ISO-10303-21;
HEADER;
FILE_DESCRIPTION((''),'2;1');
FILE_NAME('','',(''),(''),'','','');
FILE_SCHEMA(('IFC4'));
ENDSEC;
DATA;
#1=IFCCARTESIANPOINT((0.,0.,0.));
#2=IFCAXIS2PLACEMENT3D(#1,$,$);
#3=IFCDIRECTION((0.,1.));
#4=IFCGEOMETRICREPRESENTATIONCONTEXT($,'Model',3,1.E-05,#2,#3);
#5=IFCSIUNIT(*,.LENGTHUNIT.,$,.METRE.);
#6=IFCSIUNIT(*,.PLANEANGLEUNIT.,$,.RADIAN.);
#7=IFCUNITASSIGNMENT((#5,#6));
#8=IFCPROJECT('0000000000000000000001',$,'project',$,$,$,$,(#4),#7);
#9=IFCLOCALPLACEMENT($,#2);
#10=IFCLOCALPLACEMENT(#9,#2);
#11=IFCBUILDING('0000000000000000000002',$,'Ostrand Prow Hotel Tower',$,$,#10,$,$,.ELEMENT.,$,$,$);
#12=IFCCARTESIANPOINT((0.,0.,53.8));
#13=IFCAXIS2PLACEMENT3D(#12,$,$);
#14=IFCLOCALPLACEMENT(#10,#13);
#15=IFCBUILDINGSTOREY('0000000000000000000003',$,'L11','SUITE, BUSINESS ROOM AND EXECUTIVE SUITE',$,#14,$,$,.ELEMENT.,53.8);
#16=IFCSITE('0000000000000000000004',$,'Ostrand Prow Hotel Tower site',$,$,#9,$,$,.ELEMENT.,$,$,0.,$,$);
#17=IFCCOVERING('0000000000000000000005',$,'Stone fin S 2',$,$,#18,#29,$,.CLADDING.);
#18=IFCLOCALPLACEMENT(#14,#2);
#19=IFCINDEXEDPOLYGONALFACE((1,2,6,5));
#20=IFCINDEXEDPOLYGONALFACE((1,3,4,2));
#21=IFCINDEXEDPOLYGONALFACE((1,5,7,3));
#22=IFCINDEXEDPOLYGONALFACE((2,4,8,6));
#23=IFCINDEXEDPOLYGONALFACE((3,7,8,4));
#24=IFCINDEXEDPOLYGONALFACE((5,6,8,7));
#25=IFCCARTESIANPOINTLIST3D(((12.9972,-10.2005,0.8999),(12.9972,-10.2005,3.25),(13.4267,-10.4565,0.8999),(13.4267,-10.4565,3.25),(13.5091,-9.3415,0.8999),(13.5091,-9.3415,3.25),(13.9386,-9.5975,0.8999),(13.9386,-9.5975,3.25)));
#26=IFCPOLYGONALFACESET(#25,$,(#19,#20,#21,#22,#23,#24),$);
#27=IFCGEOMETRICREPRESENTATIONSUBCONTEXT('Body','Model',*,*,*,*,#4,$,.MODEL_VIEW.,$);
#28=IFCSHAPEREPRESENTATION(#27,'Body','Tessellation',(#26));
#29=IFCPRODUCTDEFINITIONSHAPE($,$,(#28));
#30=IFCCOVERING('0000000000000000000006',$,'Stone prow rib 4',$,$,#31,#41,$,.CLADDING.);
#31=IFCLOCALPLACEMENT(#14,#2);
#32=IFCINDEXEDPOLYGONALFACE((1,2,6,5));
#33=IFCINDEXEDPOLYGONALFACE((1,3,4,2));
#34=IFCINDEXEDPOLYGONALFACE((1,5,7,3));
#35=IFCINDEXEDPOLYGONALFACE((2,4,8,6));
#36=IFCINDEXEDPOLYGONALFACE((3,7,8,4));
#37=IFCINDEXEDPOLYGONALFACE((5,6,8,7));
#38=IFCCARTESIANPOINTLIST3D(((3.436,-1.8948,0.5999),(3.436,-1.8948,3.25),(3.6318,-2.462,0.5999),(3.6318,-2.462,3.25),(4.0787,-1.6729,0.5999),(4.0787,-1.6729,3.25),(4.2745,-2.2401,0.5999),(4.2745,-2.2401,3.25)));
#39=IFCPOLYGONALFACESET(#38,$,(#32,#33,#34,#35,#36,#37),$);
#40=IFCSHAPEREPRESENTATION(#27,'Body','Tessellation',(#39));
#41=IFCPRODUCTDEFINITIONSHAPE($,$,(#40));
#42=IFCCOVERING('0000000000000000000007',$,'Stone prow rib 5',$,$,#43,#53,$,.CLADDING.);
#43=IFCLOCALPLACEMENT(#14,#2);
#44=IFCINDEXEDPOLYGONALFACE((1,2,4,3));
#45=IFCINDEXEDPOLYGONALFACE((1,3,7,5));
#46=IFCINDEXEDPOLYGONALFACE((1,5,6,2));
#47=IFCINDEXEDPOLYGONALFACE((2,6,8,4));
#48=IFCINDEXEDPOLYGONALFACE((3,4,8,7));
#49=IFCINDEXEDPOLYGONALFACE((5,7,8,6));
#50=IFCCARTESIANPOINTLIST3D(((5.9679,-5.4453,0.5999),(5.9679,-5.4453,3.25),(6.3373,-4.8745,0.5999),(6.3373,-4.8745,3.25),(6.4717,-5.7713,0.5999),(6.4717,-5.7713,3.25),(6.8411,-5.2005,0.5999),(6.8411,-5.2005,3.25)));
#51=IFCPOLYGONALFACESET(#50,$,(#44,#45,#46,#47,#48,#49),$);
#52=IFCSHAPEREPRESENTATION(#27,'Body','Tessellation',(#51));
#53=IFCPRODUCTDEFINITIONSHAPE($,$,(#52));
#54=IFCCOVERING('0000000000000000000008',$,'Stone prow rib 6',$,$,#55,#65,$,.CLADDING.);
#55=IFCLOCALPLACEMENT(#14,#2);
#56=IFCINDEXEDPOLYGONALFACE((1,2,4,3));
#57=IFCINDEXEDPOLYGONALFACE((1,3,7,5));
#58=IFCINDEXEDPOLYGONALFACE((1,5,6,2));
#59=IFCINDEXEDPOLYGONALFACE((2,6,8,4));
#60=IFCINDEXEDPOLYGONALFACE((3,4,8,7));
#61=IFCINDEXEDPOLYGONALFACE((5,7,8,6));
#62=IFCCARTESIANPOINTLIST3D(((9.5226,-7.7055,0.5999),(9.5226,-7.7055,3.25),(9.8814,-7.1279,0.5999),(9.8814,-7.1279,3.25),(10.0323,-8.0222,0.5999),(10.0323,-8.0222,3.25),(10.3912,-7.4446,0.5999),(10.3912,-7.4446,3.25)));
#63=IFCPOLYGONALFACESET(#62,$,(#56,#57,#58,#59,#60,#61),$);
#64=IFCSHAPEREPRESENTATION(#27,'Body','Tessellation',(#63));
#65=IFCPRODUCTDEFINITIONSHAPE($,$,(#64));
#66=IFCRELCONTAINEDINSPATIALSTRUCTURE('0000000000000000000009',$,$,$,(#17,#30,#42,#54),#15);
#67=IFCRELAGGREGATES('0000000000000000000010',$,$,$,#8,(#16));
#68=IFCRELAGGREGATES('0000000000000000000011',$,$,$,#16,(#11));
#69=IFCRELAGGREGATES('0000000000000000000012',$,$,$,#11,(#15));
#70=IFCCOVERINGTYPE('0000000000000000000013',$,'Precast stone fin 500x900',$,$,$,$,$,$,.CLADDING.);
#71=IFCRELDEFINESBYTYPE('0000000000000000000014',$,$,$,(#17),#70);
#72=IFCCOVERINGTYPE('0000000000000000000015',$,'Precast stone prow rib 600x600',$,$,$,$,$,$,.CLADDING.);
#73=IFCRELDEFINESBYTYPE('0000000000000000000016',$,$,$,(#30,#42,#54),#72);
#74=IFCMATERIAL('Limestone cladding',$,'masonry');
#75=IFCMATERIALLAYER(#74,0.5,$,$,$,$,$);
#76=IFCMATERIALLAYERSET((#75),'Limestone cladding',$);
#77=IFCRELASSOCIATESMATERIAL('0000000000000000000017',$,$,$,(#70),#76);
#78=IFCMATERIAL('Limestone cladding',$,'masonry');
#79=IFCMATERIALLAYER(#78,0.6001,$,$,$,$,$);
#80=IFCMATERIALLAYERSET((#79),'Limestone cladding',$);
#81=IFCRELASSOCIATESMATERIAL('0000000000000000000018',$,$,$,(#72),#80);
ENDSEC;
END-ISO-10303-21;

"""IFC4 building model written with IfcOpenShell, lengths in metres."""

from ifc_helpers import new_model, si_unit, direction, frame, frame_2d, origin, place, context, subcontext, project, spatial, rectangle, extrude, material, layer, layer_set, type_object, element, save


model = new_model("IFC4")

# Units and contexts
model_context = context("Model", 3, precision=1e-05, world=origin(), true_north=direction((0.0, 1.0)))
body_context = subcontext(model_context, "Body", "Model", "MODEL_VIEW")
ifc_project = project(units=[si_unit("LENGTHUNIT", "METRE"), si_unit("PLANEANGLEUNIT", "RADIAN")], contexts=[model_context])

# Site, building, storey
site_placement = place(None, origin())
site = spatial("IfcSite", under=ifc_project, at=site_placement, Name="Ostrand Prow Hotel Tower site", CompositionType="ELEMENT", RefElevation=0.0)
building_placement = place(site_placement, origin())
building = spatial("IfcBuilding", under=site, at=building_placement, Name="Ostrand Prow Hotel Tower", CompositionType="ELEMENT")
storey_placement = place(building_placement, frame((0.0, 0.0, 53.8)))
storey = spatial("IfcBuildingStorey", under=building, at=storey_placement, Name="L11", Description="SUITE, BUSINESS ROOM AND EXECUTIVE SUITE", CompositionType="ELEMENT", Elevation=53.8)

# Coverings
ifc_material_1 = material(Name="Limestone cladding", Category="masonry")
ifc_layer_1 = layer(ifc_material_1, 0.5)
ifc_layer_set_1 = layer_set([ifc_layer_1], Name="Limestone cladding")
covering_type_1 = type_object("IfcCoveringType", Name="Precast stone fin 500x900", PredefinedType="CLADDING", material=ifc_layer_set_1)
covering_1_placement = place(storey_placement, frame((13.7239, -9.4695, 0.8999), z_axis=(0.0, 0.0, 1.0), x_axis=(-0.511909, -0.85904, 0.0)))
element("IfcCovering", 1, at=covering_1_placement, inside=storey, type_object=covering_type_1, Name="Stone fin S 2", PredefinedType="CLADDING", context=body_context, shape_type="SweptSolid", body=[
    extrude(rectangle(XDim=1.0, YDim=0.5, at=frame_2d((0.5, 0.0))), origin(), (0.0, 0.0, 1.0), 2.3501),
])
ifc_material_2 = material(Name="Limestone cladding", Category="masonry")
ifc_layer_2 = layer(ifc_material_2, 0.6001)
ifc_layer_set_2 = layer_set([ifc_layer_2], Name="Limestone cladding")
covering_type_2 = type_object("IfcCoveringType", Name="Precast stone prow rib 600x600", PredefinedType="CLADDING", material=ifc_layer_set_2)
for number, where, z_axis, x_axis, name in (
    (2, (4.1765, -1.9565, 0.5999), (0.0, 0.0, 1.0), (-0.945255, -0.326334, 0.0), "Stone prow rib 4"),
    (3, (6.5891, -5.0376, 0.5999), (0.0, 0.0, 1.0), (-0.543296, -0.839541, 0.0), "Stone prow rib 5"),
    (4, (10.1362, -7.2864, 0.5999), (0.0, 0.0, 1.0), (-0.527738, -0.849407, 0.0), "Stone prow rib 6"),
):
    element("IfcCovering", number, at=place(storey_placement, frame(where, z_axis=z_axis, x_axis=x_axis)), inside=storey, type_object=covering_type_2, Name=name, PredefinedType="CLADDING", context=body_context, shape_type="SweptSolid", body=[
        extrude(rectangle(XDim=0.6799, YDim=0.6001, at=frame_2d((0.3398, 0.0))), origin(), (0.0, 0.0, 1.0), 2.6501),
    ])

save(model, "model.ifc")
